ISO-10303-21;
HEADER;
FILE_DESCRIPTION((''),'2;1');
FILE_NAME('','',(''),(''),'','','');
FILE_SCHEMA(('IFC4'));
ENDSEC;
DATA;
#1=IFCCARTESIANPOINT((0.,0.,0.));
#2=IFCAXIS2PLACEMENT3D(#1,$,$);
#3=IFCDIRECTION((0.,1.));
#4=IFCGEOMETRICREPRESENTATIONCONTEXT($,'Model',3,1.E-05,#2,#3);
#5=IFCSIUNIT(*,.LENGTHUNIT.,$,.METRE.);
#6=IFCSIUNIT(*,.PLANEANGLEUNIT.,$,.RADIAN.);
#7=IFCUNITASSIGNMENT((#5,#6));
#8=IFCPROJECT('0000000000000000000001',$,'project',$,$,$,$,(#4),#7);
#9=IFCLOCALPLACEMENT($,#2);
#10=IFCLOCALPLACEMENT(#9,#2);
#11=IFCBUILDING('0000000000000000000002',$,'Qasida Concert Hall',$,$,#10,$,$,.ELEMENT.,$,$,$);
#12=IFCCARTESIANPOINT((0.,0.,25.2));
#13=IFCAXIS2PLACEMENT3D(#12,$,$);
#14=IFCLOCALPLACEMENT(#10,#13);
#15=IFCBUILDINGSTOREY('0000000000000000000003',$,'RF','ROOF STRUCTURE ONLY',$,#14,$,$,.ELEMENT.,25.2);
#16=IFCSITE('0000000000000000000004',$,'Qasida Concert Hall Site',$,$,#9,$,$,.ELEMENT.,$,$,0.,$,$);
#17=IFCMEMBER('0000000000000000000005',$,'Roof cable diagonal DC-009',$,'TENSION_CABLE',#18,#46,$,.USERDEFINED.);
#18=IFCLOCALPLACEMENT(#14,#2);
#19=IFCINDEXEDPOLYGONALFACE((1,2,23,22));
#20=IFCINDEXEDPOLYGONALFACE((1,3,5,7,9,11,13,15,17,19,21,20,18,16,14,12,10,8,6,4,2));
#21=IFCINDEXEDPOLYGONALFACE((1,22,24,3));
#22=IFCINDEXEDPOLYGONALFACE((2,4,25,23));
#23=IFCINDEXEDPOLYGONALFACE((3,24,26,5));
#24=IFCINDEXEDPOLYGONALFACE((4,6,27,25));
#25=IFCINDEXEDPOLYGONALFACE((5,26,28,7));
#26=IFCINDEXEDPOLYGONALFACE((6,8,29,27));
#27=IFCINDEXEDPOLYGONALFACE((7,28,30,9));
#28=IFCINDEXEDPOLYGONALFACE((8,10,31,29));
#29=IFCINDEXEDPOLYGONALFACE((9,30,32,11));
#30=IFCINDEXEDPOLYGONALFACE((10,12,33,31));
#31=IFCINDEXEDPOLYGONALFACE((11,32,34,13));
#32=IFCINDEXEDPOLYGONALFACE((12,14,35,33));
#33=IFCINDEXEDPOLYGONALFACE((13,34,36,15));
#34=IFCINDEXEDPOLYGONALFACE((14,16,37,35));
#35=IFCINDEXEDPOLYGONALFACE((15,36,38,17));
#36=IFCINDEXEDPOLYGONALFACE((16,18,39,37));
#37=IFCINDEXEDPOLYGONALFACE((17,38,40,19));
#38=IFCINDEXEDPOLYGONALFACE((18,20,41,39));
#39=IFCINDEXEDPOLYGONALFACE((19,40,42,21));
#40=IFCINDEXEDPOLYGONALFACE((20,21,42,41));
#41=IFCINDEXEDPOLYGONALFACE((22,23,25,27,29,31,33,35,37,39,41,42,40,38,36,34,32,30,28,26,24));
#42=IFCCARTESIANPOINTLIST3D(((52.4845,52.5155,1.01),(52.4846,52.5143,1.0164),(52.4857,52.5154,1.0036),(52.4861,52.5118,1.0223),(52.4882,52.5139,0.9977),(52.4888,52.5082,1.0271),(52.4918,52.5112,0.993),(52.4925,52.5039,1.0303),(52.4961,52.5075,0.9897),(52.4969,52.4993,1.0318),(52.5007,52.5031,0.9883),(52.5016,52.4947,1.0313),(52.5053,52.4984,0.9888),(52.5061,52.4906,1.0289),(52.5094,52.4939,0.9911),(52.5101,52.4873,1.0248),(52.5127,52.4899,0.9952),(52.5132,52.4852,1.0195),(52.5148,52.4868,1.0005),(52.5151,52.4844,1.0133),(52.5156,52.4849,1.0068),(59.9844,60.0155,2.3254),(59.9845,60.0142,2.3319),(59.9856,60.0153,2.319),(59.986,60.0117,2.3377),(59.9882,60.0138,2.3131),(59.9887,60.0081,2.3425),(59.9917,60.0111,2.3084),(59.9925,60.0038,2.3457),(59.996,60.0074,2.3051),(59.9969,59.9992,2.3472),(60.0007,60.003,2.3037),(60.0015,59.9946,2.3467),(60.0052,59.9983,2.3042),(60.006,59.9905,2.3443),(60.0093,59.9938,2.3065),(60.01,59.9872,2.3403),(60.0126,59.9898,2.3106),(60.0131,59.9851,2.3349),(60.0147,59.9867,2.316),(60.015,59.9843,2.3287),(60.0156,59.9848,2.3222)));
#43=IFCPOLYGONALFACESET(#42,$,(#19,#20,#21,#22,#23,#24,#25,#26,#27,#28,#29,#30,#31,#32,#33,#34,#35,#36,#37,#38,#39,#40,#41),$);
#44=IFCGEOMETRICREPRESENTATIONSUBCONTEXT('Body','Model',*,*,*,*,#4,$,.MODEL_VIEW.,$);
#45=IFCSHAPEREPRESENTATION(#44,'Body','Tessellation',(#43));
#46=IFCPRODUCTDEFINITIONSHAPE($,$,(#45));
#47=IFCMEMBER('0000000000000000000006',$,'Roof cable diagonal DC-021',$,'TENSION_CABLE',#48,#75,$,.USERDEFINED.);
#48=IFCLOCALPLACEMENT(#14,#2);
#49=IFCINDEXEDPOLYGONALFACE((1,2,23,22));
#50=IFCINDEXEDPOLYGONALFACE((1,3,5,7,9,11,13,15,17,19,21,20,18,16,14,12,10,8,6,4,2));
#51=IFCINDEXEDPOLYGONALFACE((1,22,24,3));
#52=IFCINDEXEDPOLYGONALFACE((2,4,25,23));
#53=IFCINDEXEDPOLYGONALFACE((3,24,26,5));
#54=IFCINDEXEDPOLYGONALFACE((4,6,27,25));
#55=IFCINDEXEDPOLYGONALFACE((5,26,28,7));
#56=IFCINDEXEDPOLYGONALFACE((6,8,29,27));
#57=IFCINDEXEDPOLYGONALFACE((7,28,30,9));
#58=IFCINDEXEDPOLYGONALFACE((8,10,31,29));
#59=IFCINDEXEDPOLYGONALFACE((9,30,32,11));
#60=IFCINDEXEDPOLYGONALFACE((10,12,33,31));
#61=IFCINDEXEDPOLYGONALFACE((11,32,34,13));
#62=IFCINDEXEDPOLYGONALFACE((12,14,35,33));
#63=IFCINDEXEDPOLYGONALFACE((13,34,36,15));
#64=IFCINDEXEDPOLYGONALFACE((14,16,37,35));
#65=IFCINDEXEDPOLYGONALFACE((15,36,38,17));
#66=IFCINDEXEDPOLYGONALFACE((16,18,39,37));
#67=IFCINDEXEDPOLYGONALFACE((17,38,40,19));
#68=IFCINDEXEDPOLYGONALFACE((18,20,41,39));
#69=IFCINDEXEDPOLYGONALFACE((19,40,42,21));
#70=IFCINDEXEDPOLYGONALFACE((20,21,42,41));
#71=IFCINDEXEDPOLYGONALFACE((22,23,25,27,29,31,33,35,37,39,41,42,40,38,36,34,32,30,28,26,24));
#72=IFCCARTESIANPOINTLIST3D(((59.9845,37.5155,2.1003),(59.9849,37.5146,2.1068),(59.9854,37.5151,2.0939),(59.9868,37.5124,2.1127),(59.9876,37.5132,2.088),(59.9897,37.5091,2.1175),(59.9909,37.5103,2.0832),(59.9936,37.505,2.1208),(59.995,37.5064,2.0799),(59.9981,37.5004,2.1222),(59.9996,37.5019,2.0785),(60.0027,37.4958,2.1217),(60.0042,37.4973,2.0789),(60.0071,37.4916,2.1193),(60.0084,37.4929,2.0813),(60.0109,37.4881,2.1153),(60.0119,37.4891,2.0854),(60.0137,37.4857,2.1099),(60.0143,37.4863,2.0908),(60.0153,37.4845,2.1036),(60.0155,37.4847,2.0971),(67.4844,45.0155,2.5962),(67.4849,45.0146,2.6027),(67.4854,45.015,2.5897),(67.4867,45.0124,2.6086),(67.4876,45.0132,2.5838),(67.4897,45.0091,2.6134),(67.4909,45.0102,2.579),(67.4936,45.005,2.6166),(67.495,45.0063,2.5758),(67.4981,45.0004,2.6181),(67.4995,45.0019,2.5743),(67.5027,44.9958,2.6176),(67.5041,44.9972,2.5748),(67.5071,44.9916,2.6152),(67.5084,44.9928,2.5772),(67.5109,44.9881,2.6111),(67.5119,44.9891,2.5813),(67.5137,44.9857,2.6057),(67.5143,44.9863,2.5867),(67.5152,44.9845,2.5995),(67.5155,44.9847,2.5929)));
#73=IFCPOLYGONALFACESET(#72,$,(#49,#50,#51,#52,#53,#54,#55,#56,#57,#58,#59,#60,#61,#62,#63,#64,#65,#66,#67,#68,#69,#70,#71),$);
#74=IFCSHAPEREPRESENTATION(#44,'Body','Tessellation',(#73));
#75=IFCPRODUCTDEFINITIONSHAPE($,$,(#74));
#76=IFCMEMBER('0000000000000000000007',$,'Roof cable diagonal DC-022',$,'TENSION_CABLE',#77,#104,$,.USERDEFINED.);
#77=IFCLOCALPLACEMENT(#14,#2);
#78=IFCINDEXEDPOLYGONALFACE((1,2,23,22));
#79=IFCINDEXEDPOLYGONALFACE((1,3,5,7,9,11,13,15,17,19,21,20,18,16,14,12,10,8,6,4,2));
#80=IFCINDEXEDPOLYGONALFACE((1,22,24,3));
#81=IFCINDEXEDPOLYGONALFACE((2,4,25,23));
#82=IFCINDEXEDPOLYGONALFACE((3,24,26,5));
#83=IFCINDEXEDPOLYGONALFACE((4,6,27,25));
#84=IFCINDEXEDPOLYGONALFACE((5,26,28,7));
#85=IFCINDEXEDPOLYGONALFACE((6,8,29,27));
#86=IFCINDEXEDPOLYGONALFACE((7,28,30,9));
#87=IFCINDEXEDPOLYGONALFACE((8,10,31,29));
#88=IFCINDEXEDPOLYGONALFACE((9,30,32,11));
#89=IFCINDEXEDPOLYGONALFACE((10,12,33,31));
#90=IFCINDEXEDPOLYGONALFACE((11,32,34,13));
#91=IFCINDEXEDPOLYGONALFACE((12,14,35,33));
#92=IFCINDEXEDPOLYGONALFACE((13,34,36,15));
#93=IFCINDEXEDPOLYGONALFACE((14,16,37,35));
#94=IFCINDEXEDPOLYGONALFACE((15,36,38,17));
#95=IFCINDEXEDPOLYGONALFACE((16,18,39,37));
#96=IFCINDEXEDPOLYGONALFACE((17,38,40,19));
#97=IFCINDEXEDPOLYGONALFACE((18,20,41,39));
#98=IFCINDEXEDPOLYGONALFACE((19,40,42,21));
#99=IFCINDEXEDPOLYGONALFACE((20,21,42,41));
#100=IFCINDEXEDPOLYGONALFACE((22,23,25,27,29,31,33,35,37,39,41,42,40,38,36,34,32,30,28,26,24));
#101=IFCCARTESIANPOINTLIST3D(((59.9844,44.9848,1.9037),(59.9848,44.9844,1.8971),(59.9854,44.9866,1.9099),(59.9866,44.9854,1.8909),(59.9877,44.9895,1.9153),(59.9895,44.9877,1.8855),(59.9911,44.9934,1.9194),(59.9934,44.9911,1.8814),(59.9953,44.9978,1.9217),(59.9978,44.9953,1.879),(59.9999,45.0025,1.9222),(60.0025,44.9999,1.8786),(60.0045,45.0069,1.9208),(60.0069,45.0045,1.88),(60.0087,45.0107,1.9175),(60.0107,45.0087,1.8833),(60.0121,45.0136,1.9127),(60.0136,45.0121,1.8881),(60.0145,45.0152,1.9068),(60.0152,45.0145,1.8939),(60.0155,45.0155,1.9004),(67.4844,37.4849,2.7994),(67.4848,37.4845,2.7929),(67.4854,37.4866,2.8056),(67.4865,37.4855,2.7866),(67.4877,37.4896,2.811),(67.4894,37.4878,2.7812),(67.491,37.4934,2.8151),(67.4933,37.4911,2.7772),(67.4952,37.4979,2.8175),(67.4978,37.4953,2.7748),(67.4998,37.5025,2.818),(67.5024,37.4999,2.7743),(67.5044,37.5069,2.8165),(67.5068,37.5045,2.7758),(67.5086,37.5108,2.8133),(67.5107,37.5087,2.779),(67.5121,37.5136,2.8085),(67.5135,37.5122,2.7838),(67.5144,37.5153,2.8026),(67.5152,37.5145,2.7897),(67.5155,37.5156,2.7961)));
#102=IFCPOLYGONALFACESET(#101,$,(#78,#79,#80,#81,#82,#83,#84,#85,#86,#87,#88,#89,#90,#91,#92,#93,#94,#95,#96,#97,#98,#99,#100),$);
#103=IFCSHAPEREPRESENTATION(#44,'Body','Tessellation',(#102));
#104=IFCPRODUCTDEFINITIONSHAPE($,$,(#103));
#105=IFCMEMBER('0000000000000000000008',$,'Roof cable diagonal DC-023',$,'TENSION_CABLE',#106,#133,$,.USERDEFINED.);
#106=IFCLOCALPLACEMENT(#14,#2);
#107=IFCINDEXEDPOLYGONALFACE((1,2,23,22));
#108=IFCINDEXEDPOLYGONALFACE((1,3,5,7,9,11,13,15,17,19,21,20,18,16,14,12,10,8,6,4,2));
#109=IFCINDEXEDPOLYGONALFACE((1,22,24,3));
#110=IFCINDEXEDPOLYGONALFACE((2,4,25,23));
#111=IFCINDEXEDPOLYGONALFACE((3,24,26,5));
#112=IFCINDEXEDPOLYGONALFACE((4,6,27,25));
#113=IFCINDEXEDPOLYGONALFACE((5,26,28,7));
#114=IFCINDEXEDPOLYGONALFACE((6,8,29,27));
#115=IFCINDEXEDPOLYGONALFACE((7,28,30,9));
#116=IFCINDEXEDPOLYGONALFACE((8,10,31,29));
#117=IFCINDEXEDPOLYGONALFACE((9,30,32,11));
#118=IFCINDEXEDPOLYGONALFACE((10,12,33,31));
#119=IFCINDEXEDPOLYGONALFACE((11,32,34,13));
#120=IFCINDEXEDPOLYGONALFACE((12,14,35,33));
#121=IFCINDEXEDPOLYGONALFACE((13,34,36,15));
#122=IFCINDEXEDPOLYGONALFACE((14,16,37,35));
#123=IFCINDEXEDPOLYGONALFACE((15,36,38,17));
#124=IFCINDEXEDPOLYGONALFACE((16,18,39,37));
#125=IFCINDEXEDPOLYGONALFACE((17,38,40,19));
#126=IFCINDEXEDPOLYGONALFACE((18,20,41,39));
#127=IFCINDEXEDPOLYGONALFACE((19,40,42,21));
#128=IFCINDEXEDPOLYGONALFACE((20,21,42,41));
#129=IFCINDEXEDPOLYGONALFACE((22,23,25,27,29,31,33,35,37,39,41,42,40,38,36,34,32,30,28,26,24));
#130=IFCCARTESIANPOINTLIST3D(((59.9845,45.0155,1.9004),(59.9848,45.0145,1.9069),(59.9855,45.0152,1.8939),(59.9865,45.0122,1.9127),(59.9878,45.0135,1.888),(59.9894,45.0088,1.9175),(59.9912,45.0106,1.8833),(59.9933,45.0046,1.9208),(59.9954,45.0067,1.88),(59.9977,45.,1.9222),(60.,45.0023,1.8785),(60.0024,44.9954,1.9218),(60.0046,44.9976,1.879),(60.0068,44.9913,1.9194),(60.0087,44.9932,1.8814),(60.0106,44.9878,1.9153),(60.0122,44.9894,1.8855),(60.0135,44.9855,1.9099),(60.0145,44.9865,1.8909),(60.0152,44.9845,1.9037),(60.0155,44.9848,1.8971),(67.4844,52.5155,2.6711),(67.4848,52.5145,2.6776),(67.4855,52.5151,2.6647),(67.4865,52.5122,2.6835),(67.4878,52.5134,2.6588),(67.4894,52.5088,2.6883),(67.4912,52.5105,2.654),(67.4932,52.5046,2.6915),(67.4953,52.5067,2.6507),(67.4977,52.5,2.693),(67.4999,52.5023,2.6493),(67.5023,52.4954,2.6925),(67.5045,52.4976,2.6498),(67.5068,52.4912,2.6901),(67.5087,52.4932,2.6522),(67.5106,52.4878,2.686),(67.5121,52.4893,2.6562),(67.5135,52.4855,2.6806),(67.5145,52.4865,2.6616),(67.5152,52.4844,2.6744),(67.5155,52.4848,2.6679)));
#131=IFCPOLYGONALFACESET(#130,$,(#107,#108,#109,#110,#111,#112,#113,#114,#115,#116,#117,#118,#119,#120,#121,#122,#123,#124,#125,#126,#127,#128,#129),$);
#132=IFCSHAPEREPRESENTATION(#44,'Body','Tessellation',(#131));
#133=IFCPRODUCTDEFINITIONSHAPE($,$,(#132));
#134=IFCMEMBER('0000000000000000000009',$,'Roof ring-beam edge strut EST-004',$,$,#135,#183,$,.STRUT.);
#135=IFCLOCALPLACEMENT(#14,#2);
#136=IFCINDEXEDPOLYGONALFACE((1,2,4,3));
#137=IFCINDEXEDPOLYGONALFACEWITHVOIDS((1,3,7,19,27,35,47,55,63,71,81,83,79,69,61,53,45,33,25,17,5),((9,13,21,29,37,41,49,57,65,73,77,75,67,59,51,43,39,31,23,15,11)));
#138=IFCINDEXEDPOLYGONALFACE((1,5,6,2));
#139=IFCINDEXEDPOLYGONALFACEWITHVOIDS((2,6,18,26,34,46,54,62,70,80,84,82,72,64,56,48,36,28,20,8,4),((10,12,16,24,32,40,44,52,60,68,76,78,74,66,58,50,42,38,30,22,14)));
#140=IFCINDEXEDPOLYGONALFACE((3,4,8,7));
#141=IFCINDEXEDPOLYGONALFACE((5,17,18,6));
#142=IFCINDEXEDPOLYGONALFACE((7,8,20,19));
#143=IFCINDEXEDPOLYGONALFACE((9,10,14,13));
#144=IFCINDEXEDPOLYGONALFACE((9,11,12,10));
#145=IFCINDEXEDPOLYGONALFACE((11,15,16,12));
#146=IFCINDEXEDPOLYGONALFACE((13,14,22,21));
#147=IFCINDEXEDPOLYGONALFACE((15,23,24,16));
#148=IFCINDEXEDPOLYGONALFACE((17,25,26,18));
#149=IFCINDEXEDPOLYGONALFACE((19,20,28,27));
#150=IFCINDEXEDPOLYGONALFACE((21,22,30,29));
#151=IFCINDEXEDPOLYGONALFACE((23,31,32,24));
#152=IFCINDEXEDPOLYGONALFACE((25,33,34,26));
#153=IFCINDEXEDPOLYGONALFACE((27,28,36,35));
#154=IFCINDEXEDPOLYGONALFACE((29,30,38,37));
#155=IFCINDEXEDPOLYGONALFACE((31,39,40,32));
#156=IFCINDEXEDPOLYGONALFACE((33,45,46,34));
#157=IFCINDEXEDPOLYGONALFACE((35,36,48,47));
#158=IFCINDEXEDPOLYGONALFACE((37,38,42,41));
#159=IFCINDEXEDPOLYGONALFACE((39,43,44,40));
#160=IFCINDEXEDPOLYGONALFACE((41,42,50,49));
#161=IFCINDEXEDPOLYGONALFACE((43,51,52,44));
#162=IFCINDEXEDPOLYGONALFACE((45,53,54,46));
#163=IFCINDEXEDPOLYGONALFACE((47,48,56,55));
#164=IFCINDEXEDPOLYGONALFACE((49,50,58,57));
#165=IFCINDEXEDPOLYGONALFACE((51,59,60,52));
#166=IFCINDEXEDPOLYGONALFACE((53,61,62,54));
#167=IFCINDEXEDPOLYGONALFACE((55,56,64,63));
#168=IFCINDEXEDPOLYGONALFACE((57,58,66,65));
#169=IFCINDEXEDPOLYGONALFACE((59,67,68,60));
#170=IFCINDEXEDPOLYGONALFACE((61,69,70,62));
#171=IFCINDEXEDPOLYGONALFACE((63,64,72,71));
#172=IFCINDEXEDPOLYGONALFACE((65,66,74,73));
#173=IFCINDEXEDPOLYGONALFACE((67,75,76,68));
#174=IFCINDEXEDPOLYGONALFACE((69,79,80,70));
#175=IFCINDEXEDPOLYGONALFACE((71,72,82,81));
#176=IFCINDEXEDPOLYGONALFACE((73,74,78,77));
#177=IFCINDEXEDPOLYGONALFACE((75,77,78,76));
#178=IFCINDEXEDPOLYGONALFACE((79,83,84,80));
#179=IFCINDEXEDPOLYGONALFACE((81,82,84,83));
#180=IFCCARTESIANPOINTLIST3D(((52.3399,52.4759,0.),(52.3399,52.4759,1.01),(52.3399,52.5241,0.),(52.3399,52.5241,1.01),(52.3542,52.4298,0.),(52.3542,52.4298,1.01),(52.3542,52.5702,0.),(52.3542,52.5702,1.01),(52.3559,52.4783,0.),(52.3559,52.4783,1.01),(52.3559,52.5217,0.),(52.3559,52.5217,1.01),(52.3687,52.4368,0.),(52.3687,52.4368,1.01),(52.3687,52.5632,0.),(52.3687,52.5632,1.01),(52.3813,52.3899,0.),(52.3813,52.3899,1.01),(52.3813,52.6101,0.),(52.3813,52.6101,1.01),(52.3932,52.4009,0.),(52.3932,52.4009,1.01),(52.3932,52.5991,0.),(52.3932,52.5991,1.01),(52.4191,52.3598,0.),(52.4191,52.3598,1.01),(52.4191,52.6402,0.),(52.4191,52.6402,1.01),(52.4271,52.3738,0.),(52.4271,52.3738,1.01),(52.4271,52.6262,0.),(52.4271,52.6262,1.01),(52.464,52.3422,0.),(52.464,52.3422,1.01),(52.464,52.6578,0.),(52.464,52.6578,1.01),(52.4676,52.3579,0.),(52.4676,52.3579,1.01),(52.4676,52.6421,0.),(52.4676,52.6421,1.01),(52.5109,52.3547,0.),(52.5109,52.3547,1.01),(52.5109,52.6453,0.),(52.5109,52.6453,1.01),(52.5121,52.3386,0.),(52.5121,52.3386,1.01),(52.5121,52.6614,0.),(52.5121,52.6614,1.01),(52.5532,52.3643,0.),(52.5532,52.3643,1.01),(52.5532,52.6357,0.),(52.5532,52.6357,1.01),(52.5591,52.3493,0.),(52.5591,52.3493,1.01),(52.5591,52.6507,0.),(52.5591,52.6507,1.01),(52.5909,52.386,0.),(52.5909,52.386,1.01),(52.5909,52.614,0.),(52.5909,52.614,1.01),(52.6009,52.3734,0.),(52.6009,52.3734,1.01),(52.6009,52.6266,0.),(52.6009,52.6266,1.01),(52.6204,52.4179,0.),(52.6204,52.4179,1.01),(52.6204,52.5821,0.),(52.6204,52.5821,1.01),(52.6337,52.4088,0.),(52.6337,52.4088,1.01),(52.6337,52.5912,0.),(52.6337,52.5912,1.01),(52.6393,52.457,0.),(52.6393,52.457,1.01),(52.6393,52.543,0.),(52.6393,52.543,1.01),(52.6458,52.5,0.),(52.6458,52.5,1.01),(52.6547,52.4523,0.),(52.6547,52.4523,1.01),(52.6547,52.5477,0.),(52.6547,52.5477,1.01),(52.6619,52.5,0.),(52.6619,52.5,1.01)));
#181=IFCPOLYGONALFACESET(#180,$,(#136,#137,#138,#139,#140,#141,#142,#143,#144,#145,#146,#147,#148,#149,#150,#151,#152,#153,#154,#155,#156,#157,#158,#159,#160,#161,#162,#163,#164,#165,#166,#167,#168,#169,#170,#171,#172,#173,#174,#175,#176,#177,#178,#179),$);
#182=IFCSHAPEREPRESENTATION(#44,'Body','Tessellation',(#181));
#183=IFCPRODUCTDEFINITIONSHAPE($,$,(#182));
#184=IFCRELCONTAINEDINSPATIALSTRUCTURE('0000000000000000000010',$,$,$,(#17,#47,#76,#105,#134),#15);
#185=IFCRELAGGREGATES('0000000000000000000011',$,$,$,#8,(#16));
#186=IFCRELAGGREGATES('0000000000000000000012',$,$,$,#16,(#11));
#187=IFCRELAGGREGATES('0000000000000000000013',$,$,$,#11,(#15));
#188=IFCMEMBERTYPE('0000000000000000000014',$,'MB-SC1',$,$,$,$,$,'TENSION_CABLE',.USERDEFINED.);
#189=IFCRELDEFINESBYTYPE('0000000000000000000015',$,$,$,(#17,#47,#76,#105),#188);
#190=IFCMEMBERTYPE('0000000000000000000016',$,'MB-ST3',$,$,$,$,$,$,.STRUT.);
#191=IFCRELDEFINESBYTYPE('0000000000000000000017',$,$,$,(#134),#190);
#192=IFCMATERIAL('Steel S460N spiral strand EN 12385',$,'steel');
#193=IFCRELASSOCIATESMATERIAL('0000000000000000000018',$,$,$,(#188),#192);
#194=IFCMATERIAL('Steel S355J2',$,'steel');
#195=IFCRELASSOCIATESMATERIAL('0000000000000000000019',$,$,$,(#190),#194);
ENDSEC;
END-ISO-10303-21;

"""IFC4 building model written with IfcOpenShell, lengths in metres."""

from ifc_helpers import new_model, si_unit, direction, frame, origin, origin_2d, place, context, subcontext, project, spatial, circle, hollow_circle, extrude, material, material_profile, profile_set, type_object, element, save


model = new_model("IFC4")

# Units and contexts
model_context = context("Model", 3, precision=1e-05, world=origin(), true_north=direction((0.0, 1.0)))
body_context = subcontext(model_context, "Body", "Model", "MODEL_VIEW")
ifc_project = project(units=[si_unit("LENGTHUNIT", "METRE"), si_unit("PLANEANGLEUNIT", "RADIAN")], contexts=[model_context])

# Site, building, storey
site_placement = place(None, origin())
site = spatial("IfcSite", under=ifc_project, at=site_placement, Name="Qasida Concert Hall Site", CompositionType="ELEMENT", RefElevation=0.0)
building_placement = place(site_placement, origin())
building = spatial("IfcBuilding", under=site, at=building_placement, Name="Qasida Concert Hall", CompositionType="ELEMENT")
storey_placement = place(building_placement, frame((0.0, 0.0, 25.2)))
storey = spatial("IfcBuildingStorey", under=building, at=storey_placement, Name="RF", Description="ROOF STRUCTURE ONLY", CompositionType="ELEMENT", Elevation=25.2)

# Members
ifc_material_1 = material(Name="Steel S460N spiral strand EN 12385", Category="steel")
ifc_material_profile_1 = material_profile(ifc_material_1, circle(Radius=0.022, at=origin_2d()), Name="STRAND D44")
ifc_profile_set_1 = profile_set([ifc_material_profile_1], Name="Steel S460N spiral strand EN 12385")
member_type_1 = type_object("IfcMemberType", Name="MB-SC1", ElementType="TENSION_CABLE", PredefinedType="USERDEFINED", material=ifc_profile_set_1)
member_1_placement = place(storey_placement, frame((52.5, 52.5, 1.01), z_axis=(0.701731, 0.701731, 0.123077), x_axis=(-0.707107, 0.707107, 0.0)))
element("IfcMember", 1, at=member_1_placement, inside=storey, type_object=member_type_1, Name="Roof cable diagonal DC-009", ObjectType="TENSION_CABLE", PredefinedType="USERDEFINED", context=body_context, shape_type="SweptSolid", body=[
    extrude(circle(Radius=0.022, at=origin_2d()), origin(), (0.0, 0.0, 1.0), 10.6877),
])
member_2_placement = place(storey_placement, frame((60.0, 37.5, 2.1003), z_axis=(0.706335, 0.706335, 0.046698), x_axis=(-0.707107, 0.707107, 0.0)))
element("IfcMember", 2, at=member_2_placement, inside=storey, type_object=member_type_1, Name="Roof cable diagonal DC-021", ObjectType="TENSION_CABLE", PredefinedType="USERDEFINED", context=body_context, shape_type="SweptSolid", body=[
    extrude(circle(Radius=0.022, at=origin_2d()), origin(), (0.0, 0.0, 1.0), 10.6182),
])
member_3_placement = place(storey_placement, frame((60.0, 45.0, 1.9004), z_axis=(0.704599, -0.704599, 0.084153), x_axis=(0.707107, 0.707107, 0.0)))
element("IfcMember", 3, at=member_3_placement, inside=storey, type_object=member_type_1, Name="Roof cable diagonal DC-022", ObjectType="TENSION_CABLE", PredefinedType="USERDEFINED", context=body_context, shape_type="SweptSolid", body=[
    extrude(circle(Radius=0.022, at=origin_2d()), origin(), (0.0, 0.0, 1.0), 10.6443),
])
member_4_placement = place(storey_placement, frame((60.0, 45.0, 1.9004), z_axis=(0.705247, 0.705247, 0.072476), x_axis=(-0.707107, 0.707107, 0.0)))
element("IfcMember", 4, at=member_4_placement, inside=storey, type_object=member_type_1, Name="Roof cable diagonal DC-023", ObjectType="TENSION_CABLE", PredefinedType="USERDEFINED", context=body_context, shape_type="SweptSolid", body=[
    extrude(circle(Radius=0.022, at=origin_2d()), origin(), (0.0, 0.0, 1.0), 10.6345),
])
ifc_material_2 = material(Name="Steel S355J2", Category="steel")
ifc_material_profile_2 = material_profile(ifc_material_2, hollow_circle(Radius=0.1619, WallThickness=0.0161, at=origin_2d()), Name="CHS 323.9x16")
ifc_profile_set_2 = profile_set([ifc_material_profile_2], Name="Steel S355J2")
member_type_2 = type_object("IfcMemberType", Name="MB-ST3", PredefinedType="STRUT", material=ifc_profile_set_2)
member_5_placement = place(storey_placement, frame((52.5, 52.5, 0.0), z_axis=(0.0, 0.0, 1.0), x_axis=(1.0, 0.0, 0.0)))
element("IfcMember", 5, at=member_5_placement, inside=storey, type_object=member_type_2, Name="Roof ring-beam edge strut EST-004", PredefinedType="STRUT", context=body_context, shape_type="SweptSolid", body=[
    extrude(hollow_circle(Radius=0.1619, WallThickness=0.0161, at=origin_2d()), origin(), (0.0, 0.0, 1.0), 1.01),
])

save(model, "model.ifc")
